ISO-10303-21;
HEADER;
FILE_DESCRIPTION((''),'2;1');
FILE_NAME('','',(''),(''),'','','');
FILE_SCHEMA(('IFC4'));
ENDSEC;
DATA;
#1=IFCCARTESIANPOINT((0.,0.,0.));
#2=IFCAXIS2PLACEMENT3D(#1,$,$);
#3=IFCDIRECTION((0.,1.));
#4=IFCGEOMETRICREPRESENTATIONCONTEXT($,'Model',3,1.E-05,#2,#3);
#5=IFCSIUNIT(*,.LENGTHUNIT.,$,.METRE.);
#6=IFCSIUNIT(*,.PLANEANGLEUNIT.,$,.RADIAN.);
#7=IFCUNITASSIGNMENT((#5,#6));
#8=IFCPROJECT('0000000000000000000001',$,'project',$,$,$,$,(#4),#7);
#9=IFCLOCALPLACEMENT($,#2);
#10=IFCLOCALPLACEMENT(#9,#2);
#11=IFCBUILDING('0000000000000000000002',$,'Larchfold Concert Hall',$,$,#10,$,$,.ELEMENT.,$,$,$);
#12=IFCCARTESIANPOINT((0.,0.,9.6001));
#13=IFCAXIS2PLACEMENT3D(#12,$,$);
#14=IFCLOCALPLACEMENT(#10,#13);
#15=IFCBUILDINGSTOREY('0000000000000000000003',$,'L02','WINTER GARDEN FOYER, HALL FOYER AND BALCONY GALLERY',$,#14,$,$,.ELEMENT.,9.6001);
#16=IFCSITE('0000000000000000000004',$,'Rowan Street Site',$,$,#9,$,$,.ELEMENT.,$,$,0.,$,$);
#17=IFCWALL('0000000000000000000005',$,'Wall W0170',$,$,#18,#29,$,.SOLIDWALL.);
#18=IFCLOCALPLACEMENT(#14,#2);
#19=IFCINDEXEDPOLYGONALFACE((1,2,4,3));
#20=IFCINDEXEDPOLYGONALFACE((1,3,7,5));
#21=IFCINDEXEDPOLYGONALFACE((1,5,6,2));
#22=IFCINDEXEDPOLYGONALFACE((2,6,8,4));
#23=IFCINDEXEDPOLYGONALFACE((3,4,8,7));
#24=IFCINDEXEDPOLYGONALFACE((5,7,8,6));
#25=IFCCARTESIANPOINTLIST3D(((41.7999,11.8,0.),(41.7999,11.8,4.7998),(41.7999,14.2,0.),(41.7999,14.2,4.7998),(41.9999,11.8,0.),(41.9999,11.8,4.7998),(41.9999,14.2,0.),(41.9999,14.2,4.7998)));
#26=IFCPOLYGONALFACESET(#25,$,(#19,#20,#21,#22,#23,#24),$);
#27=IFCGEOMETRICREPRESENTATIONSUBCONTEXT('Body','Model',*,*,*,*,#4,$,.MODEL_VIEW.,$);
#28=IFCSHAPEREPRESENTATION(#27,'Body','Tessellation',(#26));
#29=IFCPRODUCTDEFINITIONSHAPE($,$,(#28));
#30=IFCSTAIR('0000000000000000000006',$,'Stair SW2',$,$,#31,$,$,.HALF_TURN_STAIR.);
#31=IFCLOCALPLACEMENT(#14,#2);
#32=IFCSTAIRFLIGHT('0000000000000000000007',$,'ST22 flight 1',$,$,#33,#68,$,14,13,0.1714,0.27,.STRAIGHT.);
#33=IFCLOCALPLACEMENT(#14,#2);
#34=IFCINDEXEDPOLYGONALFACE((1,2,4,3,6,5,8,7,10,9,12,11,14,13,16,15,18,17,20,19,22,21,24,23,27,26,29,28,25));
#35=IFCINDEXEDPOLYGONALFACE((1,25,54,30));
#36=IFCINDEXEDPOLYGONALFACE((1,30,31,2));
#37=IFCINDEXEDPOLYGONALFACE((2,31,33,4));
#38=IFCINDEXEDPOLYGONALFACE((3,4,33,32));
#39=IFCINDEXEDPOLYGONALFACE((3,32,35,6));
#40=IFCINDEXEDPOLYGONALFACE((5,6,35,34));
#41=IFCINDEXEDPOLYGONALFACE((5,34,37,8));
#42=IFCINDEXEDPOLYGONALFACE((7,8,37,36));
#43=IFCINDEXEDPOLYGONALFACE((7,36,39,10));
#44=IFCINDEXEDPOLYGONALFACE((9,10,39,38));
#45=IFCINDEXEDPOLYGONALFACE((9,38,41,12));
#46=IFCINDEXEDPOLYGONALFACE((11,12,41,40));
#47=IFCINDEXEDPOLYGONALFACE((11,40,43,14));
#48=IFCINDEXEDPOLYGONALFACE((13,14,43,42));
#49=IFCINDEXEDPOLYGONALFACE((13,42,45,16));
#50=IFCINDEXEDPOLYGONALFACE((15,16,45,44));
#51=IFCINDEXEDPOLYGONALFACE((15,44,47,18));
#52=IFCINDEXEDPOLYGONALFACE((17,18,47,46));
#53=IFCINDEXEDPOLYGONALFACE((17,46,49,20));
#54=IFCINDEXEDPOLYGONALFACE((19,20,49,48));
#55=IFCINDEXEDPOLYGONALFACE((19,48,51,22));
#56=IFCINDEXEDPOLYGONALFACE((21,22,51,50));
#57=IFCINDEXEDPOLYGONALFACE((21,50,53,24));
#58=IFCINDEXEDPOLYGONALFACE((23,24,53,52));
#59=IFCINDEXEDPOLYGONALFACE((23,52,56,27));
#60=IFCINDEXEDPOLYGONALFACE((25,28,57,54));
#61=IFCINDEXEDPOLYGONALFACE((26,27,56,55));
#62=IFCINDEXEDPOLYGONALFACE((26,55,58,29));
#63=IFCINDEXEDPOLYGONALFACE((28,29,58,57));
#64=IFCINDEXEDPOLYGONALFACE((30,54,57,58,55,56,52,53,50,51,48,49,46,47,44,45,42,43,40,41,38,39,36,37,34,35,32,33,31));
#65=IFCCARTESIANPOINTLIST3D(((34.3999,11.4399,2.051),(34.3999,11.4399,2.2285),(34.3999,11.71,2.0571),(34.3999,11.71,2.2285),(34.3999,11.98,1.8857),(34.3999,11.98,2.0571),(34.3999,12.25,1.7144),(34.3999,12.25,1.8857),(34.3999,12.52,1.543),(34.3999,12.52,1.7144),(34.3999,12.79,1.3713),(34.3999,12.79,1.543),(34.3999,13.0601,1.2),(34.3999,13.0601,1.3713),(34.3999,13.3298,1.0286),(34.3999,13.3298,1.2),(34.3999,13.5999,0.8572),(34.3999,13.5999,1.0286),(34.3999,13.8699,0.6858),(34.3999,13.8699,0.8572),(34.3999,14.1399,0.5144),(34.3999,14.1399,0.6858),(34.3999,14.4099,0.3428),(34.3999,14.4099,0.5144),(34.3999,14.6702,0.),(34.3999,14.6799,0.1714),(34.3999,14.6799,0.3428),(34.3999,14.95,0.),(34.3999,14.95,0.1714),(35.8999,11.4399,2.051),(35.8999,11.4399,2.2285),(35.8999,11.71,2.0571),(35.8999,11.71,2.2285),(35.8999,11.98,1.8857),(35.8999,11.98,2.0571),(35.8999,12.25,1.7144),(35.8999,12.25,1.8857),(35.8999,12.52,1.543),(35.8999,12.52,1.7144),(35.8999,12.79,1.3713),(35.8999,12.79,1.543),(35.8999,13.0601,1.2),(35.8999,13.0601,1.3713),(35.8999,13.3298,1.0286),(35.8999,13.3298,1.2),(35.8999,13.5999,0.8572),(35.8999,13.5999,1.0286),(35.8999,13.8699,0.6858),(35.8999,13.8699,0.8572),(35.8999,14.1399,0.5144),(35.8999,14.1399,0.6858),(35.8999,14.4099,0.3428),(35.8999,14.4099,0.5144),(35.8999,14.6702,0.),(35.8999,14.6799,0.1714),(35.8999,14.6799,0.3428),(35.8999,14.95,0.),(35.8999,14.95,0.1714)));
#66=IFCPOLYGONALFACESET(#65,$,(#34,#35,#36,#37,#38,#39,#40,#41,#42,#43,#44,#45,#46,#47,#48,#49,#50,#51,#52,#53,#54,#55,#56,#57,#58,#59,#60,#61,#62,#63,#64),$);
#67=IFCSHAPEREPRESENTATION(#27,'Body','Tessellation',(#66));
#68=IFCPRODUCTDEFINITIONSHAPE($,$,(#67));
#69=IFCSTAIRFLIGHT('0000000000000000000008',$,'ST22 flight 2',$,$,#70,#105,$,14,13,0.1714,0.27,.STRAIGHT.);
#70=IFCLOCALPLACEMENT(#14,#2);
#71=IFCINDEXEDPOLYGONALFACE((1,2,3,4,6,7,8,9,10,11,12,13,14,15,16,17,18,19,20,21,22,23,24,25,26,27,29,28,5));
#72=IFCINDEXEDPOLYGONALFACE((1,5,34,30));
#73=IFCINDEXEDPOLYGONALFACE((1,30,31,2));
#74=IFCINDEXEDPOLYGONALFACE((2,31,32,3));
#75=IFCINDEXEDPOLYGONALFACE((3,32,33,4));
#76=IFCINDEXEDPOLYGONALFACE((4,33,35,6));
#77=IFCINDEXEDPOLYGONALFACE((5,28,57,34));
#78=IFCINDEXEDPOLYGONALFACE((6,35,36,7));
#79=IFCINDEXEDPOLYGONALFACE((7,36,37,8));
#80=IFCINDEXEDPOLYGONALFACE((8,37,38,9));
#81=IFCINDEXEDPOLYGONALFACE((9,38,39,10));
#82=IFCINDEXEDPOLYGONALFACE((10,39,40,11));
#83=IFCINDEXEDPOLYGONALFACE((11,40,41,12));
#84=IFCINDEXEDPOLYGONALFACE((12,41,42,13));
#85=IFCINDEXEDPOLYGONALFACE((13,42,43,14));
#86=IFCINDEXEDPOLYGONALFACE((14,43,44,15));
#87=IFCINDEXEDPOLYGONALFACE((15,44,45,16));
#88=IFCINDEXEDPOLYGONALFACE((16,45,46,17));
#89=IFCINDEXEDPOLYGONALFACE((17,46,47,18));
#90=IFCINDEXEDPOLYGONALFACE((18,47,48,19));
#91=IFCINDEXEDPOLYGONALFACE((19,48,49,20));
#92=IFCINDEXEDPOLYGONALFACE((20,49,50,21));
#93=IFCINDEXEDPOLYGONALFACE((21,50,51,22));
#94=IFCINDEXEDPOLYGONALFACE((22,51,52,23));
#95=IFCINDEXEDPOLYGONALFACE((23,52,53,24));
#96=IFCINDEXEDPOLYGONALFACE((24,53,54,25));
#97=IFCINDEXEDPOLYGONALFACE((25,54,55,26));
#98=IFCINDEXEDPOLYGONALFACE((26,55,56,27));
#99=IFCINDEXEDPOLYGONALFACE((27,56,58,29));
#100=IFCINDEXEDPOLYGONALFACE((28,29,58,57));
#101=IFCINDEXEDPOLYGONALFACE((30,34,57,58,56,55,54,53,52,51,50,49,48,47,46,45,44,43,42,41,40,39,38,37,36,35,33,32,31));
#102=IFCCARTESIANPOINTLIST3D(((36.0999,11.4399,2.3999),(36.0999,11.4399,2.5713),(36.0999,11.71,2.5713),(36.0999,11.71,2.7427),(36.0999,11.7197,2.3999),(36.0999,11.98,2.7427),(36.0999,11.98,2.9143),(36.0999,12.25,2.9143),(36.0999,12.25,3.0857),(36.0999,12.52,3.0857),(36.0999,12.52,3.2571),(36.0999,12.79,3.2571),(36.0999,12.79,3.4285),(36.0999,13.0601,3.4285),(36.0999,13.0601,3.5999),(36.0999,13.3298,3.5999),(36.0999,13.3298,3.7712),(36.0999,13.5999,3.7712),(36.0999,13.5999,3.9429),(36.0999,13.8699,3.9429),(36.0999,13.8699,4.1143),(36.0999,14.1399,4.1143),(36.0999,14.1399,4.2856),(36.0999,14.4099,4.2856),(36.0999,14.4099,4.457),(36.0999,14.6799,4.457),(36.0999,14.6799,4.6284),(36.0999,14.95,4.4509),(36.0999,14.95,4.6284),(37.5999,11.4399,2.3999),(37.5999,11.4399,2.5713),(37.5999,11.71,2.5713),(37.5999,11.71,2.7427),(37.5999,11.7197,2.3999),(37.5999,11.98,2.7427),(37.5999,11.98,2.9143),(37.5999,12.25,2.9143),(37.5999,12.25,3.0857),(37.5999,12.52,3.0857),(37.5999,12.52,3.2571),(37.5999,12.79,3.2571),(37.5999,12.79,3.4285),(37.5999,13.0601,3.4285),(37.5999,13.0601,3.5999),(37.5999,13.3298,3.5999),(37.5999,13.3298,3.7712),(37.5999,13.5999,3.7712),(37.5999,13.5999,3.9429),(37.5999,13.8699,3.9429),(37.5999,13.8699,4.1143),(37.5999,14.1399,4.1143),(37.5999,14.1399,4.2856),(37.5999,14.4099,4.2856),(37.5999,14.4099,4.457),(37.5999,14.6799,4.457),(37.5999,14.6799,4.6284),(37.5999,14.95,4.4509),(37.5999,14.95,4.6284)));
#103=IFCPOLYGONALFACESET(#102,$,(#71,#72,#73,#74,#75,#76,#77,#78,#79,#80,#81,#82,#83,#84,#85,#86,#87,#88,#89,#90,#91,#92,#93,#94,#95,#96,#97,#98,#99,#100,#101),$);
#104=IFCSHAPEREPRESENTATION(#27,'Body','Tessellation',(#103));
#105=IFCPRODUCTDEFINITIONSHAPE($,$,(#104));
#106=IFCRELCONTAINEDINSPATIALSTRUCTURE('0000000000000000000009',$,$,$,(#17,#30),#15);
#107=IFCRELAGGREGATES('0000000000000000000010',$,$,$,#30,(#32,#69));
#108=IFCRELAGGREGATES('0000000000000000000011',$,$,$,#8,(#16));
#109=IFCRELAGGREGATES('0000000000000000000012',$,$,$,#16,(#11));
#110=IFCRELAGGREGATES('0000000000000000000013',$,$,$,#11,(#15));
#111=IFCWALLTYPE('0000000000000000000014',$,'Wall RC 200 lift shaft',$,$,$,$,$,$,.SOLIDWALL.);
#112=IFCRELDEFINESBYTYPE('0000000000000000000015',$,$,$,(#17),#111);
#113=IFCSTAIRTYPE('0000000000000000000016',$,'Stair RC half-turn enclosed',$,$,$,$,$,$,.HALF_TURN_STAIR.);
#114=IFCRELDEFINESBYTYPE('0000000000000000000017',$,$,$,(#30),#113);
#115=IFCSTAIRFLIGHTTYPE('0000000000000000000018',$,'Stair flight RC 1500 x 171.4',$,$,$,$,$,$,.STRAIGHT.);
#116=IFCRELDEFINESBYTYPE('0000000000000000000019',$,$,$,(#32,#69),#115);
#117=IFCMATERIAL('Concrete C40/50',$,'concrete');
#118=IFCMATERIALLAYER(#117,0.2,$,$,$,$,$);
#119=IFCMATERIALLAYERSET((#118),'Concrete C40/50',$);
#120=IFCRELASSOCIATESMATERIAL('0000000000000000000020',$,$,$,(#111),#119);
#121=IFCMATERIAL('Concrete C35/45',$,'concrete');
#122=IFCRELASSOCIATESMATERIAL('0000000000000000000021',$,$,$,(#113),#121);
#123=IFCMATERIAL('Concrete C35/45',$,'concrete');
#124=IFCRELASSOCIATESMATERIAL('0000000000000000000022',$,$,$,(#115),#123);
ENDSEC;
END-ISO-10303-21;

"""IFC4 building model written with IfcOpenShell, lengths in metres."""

from ifc_helpers import new_model, si_unit, direction, frame, frame_2d, origin, place, context, subcontext, project, spatial, polyline, rectangle, outline, extrude, material, layer, layer_set, type_object, element, aggregate, save


model = new_model("IFC4")

# Units and contexts
model_context = context("Model", 3, precision=1e-05, world=origin(), true_north=direction((0.0, 1.0)))
body_context = subcontext(model_context, "Body", "Model", "MODEL_VIEW")
ifc_project = project(units=[si_unit("LENGTHUNIT", "METRE"), si_unit("PLANEANGLEUNIT", "RADIAN")], contexts=[model_context])

# Site, building, storey
site_placement = place(None, origin())
site = spatial("IfcSite", under=ifc_project, at=site_placement, Name="Rowan Street Site", CompositionType="ELEMENT", RefElevation=0.0)
building_placement = place(site_placement, origin())
building = spatial("IfcBuilding", under=site, at=building_placement, Name="Larchfold Concert Hall", CompositionType="ELEMENT")
storey_placement = place(building_placement, frame((0.0, 0.0, 9.6001)))
storey = spatial("IfcBuildingStorey", under=building, at=storey_placement, Name="L02", Description="WINTER GARDEN FOYER, HALL FOYER AND BALCONY GALLERY", CompositionType="ELEMENT", Elevation=9.6001)

# Shared definitions
ifc_material_1 = material(Name="Concrete C40/50", Category="concrete")
ifc_layer_1 = layer(ifc_material_1, 0.2)
ifc_layer_set_1 = layer_set([ifc_layer_1], Name="Concrete C40/50")
wall_type_1 = type_object("IfcWallType", Name="Wall RC 200 lift shaft", PredefinedType="SOLIDWALL", material=ifc_layer_set_1)

# Wall
for number, where, z_axis, x_axis, name in (
    (1, (41.8999, 11.8, 0.0), (0.0, 0.0, 1.0), (0.0, 1.0, 0.0), "Wall W0170"),
):
    element("IfcWall", number, at=place(storey_placement, frame(where, z_axis=z_axis, x_axis=x_axis)), inside=storey, type_object=wall_type_1, Name=name, PredefinedType="SOLIDWALL", context=body_context, shape_type="SweptSolid", body=[
        extrude(rectangle(XDim=2.3999, YDim=0.2, at=frame_2d((1.2, 0.0))), origin(), (0.0, 0.0, 1.0), 4.7998),
    ])

# Stair, stair flights
ifc_material_2 = material(Name="Concrete C35/45", Category="concrete")
stair_type = type_object("IfcStairType", Name="Stair RC half-turn enclosed", PredefinedType="HALF_TURN_STAIR", material=ifc_material_2)
stair_placement = place(storey_placement, origin())
stair = element("IfcStair", 2, at=stair_placement, inside=storey, type_object=stair_type, Name="Stair SW2", PredefinedType="HALF_TURN_STAIR")
ifc_material_3 = material(Name="Concrete C35/45", Category="concrete")
stair_flight_type = type_object("IfcStairFlightType", Name="Stair flight RC 1500 x 171.4", PredefinedType="STRAIGHT", material=ifc_material_3)
stair_flight_1_placement = place(storey_placement, frame((35.1499, 14.95, 0.0), z_axis=(0.0, 0.0, 1.0), x_axis=(0.0, -1.0, 0.0)))
stair_flight_1 = element("IfcStairFlight", 3, at=stair_flight_1_placement, type_object=stair_flight_type, Name="ST22 flight 1", NumberOfRisers=14, NumberOfTreads=13, PredefinedType="STRAIGHT", RiserHeight=0.1714, TreadLength=0.27, context=body_context, shape_type="SweptSolid", body=[
    extrude(outline(polyline([(0.0, 0.0), (0.0, 0.1714), (0.27, 0.1714), (0.27, 0.3428), (0.54, 0.3428), (0.54, 0.5144), (0.8101, 0.5144), (0.8101, 0.6858), (1.0801, 0.6858), (1.0801, 0.8572), (1.3501, 0.8572), (1.3501, 1.0286), (1.6201, 1.0286), (1.6201, 1.2), (1.8899, 1.2), (1.8899, 1.3713), (2.1599, 1.3713), (2.1599, 1.543), (2.4299, 1.543), (2.4299, 1.7144), (2.7, 1.7144), (2.7, 1.8857), (2.97, 1.8857), (2.97, 2.0571), (3.24, 2.0571), (3.24, 2.2285), (3.51, 2.2285), (3.51, 2.3999), (3.51, 2.051), (0.2798, 0.0), (0.0, 0.0)])), frame((0.0, 0.75, 0.0), z_axis=(0.0, -1.0, 0.0), x_axis=(1.0, 0.0, 0.0)), (0.0, 0.0, 1.0), 1.5),
])
stair_flight_2_placement = place(storey_placement, frame((36.8499, 11.4399, 2.3999), z_axis=(0.0, 0.0, 1.0), x_axis=(0.0, 1.0, 0.0)))
stair_flight_2 = element("IfcStairFlight", 4, at=stair_flight_2_placement, type_object=stair_flight_type, Name="ST22 flight 2", NumberOfRisers=14, NumberOfTreads=13, PredefinedType="STRAIGHT", RiserHeight=0.1714, TreadLength=0.27, context=body_context, shape_type="SweptSolid", body=[
    extrude(outline(polyline([(0.0, 0.0), (0.0, 0.1714), (0.27, 0.1714), (0.27, 0.3428), (0.54, 0.3428), (0.54, 0.5144), (0.8101, 0.5144), (0.8101, 0.6858), (1.0801, 0.6858), (1.0801, 0.8572), (1.3501, 0.8572), (1.3501, 1.0286), (1.6201, 1.0286), (1.6201, 1.2), (1.8899, 1.2), (1.8899, 1.3713), (2.1599, 1.3713), (2.1599, 1.543), (2.4299, 1.543), (2.4299, 1.7144), (2.7, 1.7144), (2.7, 1.8857), (2.97, 1.8857), (2.97, 2.0571), (3.24, 2.0571), (3.24, 2.2285), (3.51, 2.2285), (3.51, 2.3999), (3.51, 2.051), (0.2798, 0.0), (0.0, 0.0)])), frame((0.0, 0.75, 0.0), z_axis=(0.0, -1.0, 0.0), x_axis=(1.0, 0.0, 0.0)), (0.0, 0.0, 1.0), 1.5),
])
aggregate(stair, [stair_flight_1, stair_flight_2])

save(model, "model.ifc")
